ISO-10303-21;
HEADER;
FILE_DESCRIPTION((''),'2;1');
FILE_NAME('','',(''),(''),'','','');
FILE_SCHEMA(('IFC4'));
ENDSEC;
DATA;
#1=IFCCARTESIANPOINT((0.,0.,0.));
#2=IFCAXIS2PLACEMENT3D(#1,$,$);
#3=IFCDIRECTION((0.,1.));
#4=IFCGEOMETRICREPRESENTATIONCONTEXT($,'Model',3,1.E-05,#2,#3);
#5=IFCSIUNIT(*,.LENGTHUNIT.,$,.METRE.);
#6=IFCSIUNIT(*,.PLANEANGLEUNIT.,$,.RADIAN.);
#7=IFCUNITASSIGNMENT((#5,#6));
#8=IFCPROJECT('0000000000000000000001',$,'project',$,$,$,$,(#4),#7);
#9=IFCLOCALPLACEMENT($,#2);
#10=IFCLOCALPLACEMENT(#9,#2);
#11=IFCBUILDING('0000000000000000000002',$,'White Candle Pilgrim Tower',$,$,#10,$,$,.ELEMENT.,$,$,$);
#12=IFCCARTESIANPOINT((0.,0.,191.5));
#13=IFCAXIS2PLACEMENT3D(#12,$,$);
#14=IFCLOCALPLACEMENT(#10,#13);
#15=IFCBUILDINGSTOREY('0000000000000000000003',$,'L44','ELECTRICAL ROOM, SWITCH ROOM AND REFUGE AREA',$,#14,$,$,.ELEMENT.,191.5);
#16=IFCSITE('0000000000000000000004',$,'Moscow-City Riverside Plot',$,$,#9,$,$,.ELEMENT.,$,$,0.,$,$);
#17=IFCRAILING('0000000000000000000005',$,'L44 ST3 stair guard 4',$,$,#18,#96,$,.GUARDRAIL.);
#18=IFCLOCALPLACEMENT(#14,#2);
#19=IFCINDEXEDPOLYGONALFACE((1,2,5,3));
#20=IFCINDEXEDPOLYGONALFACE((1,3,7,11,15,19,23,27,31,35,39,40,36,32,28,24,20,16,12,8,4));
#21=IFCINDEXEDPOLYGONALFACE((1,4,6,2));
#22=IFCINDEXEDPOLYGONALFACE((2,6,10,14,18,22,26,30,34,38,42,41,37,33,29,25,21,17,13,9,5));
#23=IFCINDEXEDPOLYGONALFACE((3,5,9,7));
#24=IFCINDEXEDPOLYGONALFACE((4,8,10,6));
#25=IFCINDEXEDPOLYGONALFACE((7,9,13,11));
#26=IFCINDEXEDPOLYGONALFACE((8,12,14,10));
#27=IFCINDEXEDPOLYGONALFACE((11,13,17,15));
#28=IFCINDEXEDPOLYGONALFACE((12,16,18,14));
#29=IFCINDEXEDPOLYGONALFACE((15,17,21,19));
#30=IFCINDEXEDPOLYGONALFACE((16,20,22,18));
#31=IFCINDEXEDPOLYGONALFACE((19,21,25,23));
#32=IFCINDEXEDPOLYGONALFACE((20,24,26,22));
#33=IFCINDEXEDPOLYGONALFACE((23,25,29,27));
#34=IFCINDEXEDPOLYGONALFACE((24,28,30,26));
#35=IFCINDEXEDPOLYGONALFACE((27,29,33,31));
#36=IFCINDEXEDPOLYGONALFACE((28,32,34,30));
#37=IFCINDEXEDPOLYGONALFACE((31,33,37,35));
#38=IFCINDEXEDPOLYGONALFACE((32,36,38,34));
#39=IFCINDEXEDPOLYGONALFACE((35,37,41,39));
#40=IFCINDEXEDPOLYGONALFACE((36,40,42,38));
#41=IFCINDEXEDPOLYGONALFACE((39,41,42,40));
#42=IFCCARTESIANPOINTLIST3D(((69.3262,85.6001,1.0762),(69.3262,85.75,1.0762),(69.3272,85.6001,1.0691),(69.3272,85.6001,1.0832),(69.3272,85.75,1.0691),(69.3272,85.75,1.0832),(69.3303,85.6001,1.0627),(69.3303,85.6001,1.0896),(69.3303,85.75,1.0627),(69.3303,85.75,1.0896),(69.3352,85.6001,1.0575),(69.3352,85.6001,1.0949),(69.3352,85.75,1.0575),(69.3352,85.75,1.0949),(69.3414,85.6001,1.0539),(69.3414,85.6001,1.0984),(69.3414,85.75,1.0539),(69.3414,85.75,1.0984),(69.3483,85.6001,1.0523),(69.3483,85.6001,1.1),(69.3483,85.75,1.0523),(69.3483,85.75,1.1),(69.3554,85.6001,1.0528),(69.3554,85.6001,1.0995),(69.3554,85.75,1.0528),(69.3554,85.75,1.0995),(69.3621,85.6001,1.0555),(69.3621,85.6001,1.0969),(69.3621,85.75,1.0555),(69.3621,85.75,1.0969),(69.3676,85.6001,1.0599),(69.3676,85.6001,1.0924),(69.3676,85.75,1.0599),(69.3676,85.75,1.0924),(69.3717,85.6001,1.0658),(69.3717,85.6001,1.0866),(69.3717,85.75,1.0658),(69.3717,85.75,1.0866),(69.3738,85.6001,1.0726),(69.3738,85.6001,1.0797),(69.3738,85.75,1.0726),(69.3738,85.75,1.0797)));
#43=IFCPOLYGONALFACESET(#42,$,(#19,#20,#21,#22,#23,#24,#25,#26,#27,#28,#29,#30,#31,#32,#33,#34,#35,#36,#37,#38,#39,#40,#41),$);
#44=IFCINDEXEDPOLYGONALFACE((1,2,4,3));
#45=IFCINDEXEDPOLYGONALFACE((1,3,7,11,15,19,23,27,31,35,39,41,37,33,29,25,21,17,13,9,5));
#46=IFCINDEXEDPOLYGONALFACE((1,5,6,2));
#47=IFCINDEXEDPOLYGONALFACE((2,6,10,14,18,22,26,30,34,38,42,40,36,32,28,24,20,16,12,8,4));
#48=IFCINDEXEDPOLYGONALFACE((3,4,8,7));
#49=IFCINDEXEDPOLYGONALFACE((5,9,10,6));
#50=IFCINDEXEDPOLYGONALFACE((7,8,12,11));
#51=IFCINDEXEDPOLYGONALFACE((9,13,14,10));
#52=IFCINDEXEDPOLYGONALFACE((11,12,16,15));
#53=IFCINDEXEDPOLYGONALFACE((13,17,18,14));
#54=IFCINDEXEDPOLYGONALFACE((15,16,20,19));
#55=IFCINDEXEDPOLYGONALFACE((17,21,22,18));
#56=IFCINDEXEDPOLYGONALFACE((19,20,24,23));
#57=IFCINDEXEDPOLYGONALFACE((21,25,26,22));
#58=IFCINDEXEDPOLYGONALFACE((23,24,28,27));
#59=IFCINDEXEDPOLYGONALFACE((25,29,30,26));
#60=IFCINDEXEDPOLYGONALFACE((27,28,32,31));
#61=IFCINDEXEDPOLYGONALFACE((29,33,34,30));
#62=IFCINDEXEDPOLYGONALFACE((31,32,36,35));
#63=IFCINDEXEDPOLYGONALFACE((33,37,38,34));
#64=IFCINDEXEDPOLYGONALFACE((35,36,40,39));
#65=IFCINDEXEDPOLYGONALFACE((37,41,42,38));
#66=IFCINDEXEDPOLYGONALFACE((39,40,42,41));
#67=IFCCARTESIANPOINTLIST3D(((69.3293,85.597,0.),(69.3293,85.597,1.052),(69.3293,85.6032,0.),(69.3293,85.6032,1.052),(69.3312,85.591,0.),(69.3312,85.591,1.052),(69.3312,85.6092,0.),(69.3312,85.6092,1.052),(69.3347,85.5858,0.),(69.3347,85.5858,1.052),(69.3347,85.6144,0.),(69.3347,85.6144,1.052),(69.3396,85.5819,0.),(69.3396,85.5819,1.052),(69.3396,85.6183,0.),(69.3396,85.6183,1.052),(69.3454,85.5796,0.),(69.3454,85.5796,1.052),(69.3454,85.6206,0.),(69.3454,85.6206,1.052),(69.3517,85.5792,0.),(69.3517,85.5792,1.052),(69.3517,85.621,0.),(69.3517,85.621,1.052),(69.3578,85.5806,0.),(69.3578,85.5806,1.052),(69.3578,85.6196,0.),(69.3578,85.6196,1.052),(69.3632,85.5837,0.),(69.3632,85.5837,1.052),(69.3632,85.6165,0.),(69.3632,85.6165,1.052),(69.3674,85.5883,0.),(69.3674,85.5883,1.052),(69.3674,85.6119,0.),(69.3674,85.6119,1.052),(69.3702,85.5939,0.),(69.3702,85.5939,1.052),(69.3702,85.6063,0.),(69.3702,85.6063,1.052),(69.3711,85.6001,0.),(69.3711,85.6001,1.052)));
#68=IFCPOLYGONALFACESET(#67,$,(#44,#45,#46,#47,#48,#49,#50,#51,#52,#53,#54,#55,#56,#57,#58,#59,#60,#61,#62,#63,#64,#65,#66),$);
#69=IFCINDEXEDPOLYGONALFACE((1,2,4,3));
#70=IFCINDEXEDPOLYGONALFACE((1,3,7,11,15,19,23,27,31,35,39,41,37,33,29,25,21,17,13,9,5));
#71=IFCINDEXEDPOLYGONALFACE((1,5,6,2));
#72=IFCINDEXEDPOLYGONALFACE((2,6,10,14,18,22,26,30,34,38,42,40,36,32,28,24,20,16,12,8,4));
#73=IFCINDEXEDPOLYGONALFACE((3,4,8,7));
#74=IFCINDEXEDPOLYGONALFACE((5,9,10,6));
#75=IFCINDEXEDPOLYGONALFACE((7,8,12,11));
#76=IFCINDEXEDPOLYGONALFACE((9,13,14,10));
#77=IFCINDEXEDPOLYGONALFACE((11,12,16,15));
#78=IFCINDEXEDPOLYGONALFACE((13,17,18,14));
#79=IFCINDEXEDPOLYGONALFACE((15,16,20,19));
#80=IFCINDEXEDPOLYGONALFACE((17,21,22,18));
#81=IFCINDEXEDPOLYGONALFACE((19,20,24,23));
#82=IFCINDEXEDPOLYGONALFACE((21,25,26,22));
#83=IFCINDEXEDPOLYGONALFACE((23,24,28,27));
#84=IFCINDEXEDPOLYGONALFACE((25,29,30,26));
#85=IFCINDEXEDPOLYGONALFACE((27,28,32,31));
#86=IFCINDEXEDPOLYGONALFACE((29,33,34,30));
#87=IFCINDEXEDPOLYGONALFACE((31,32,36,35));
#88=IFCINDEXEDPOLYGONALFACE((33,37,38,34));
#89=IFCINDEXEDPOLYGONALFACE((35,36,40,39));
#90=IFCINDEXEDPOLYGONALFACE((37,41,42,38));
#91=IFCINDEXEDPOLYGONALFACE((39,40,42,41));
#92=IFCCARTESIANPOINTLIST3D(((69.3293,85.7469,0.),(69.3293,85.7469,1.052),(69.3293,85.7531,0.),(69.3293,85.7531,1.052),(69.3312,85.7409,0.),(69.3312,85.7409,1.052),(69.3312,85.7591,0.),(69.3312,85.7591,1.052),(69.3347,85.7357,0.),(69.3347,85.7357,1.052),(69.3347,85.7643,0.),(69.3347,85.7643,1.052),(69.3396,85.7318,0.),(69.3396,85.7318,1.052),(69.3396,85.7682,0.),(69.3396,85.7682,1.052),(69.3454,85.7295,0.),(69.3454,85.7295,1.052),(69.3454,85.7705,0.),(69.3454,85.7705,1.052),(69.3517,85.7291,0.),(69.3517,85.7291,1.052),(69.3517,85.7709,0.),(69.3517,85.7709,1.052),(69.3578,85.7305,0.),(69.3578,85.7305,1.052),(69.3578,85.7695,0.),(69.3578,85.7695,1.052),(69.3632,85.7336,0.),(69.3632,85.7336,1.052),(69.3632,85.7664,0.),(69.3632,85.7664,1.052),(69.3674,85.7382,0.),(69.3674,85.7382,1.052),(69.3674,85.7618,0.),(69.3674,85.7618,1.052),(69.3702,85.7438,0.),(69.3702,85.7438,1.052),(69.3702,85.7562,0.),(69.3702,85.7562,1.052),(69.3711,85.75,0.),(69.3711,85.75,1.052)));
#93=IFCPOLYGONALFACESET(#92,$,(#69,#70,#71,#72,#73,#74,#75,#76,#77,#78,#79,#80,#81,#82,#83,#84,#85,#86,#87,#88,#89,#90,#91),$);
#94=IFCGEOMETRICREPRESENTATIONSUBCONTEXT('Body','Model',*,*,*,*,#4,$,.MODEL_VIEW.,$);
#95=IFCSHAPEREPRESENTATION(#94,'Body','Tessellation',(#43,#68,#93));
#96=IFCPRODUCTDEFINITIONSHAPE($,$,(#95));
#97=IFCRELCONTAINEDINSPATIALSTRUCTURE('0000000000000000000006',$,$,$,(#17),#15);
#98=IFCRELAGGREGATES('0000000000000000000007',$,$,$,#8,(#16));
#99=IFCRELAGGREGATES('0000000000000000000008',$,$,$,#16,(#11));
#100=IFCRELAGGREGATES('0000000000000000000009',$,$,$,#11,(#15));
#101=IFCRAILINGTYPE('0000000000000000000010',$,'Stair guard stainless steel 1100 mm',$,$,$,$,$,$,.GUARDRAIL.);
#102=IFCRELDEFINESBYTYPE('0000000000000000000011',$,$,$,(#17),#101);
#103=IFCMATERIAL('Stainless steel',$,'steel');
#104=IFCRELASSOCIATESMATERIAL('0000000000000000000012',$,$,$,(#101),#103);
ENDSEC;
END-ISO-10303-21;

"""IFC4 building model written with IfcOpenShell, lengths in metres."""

from ifc_helpers import new_model, si_unit, direction, frame, origin, origin_2d, place, context, subcontext, project, spatial, circle, extrude, material, type_object, element, save


model = new_model("IFC4")

# Units and contexts
model_context = context("Model", 3, precision=1e-05, world=origin(), true_north=direction((0.0, 1.0)))
body_context = subcontext(model_context, "Body", "Model", "MODEL_VIEW")
ifc_project = project(units=[si_unit("LENGTHUNIT", "METRE"), si_unit("PLANEANGLEUNIT", "RADIAN")], contexts=[model_context])

# Site, building, storey
site_placement = place(None, origin())
site = spatial("IfcSite", under=ifc_project, at=site_placement, Name="Moscow-City Riverside Plot", CompositionType="ELEMENT", RefElevation=0.0)
building_placement = place(site_placement, origin())
building = spatial("IfcBuilding", under=site, at=building_placement, Name="White Candle Pilgrim Tower", CompositionType="ELEMENT")
storey_placement = place(building_placement, frame((0.0, 0.0, 191.5)))
storey = spatial("IfcBuildingStorey", under=building, at=storey_placement, Name="L44", Description="ELECTRICAL ROOM, SWITCH ROOM AND REFUGE AREA", CompositionType="ELEMENT", Elevation=191.5)

# Shared definitions
ifc_material_1 = material(Name="Stainless steel", Category="steel")

# Railing
railing_type_1 = type_object("IfcRailingType", Name="Stair guard stainless steel 1100 mm", PredefinedType="GUARDRAIL", material=ifc_material_1)
railing_1_placement = place(storey_placement, frame((69.3501, 85.6001, 0.0)))
element("IfcRailing", 1, at=railing_1_placement, inside=storey, type_object=railing_type_1, Name="L44 ST3 stair guard 4", PredefinedType="GUARDRAIL", context=body_context, shape_type="SweptSolid", body=[
    extrude(circle(Radius=0.0239, at=origin_2d()), frame((0.0, 0.0, 1.0762), z_axis=(0.0, 1.0, 0.0), x_axis=(-1.0, 0.0, 0.0)), (0.0, 0.0, 1.0), 0.1499),
    extrude(circle(Radius=0.021, at=origin_2d()), origin(), (0.0, 0.0, 1.0), 1.052),
    extrude(circle(Radius=0.021, at=origin_2d()), frame((0.0, 0.1499, 0.0)), (0.0, 0.0, 1.0), 1.052),
])

save(model, "model.ifc")
